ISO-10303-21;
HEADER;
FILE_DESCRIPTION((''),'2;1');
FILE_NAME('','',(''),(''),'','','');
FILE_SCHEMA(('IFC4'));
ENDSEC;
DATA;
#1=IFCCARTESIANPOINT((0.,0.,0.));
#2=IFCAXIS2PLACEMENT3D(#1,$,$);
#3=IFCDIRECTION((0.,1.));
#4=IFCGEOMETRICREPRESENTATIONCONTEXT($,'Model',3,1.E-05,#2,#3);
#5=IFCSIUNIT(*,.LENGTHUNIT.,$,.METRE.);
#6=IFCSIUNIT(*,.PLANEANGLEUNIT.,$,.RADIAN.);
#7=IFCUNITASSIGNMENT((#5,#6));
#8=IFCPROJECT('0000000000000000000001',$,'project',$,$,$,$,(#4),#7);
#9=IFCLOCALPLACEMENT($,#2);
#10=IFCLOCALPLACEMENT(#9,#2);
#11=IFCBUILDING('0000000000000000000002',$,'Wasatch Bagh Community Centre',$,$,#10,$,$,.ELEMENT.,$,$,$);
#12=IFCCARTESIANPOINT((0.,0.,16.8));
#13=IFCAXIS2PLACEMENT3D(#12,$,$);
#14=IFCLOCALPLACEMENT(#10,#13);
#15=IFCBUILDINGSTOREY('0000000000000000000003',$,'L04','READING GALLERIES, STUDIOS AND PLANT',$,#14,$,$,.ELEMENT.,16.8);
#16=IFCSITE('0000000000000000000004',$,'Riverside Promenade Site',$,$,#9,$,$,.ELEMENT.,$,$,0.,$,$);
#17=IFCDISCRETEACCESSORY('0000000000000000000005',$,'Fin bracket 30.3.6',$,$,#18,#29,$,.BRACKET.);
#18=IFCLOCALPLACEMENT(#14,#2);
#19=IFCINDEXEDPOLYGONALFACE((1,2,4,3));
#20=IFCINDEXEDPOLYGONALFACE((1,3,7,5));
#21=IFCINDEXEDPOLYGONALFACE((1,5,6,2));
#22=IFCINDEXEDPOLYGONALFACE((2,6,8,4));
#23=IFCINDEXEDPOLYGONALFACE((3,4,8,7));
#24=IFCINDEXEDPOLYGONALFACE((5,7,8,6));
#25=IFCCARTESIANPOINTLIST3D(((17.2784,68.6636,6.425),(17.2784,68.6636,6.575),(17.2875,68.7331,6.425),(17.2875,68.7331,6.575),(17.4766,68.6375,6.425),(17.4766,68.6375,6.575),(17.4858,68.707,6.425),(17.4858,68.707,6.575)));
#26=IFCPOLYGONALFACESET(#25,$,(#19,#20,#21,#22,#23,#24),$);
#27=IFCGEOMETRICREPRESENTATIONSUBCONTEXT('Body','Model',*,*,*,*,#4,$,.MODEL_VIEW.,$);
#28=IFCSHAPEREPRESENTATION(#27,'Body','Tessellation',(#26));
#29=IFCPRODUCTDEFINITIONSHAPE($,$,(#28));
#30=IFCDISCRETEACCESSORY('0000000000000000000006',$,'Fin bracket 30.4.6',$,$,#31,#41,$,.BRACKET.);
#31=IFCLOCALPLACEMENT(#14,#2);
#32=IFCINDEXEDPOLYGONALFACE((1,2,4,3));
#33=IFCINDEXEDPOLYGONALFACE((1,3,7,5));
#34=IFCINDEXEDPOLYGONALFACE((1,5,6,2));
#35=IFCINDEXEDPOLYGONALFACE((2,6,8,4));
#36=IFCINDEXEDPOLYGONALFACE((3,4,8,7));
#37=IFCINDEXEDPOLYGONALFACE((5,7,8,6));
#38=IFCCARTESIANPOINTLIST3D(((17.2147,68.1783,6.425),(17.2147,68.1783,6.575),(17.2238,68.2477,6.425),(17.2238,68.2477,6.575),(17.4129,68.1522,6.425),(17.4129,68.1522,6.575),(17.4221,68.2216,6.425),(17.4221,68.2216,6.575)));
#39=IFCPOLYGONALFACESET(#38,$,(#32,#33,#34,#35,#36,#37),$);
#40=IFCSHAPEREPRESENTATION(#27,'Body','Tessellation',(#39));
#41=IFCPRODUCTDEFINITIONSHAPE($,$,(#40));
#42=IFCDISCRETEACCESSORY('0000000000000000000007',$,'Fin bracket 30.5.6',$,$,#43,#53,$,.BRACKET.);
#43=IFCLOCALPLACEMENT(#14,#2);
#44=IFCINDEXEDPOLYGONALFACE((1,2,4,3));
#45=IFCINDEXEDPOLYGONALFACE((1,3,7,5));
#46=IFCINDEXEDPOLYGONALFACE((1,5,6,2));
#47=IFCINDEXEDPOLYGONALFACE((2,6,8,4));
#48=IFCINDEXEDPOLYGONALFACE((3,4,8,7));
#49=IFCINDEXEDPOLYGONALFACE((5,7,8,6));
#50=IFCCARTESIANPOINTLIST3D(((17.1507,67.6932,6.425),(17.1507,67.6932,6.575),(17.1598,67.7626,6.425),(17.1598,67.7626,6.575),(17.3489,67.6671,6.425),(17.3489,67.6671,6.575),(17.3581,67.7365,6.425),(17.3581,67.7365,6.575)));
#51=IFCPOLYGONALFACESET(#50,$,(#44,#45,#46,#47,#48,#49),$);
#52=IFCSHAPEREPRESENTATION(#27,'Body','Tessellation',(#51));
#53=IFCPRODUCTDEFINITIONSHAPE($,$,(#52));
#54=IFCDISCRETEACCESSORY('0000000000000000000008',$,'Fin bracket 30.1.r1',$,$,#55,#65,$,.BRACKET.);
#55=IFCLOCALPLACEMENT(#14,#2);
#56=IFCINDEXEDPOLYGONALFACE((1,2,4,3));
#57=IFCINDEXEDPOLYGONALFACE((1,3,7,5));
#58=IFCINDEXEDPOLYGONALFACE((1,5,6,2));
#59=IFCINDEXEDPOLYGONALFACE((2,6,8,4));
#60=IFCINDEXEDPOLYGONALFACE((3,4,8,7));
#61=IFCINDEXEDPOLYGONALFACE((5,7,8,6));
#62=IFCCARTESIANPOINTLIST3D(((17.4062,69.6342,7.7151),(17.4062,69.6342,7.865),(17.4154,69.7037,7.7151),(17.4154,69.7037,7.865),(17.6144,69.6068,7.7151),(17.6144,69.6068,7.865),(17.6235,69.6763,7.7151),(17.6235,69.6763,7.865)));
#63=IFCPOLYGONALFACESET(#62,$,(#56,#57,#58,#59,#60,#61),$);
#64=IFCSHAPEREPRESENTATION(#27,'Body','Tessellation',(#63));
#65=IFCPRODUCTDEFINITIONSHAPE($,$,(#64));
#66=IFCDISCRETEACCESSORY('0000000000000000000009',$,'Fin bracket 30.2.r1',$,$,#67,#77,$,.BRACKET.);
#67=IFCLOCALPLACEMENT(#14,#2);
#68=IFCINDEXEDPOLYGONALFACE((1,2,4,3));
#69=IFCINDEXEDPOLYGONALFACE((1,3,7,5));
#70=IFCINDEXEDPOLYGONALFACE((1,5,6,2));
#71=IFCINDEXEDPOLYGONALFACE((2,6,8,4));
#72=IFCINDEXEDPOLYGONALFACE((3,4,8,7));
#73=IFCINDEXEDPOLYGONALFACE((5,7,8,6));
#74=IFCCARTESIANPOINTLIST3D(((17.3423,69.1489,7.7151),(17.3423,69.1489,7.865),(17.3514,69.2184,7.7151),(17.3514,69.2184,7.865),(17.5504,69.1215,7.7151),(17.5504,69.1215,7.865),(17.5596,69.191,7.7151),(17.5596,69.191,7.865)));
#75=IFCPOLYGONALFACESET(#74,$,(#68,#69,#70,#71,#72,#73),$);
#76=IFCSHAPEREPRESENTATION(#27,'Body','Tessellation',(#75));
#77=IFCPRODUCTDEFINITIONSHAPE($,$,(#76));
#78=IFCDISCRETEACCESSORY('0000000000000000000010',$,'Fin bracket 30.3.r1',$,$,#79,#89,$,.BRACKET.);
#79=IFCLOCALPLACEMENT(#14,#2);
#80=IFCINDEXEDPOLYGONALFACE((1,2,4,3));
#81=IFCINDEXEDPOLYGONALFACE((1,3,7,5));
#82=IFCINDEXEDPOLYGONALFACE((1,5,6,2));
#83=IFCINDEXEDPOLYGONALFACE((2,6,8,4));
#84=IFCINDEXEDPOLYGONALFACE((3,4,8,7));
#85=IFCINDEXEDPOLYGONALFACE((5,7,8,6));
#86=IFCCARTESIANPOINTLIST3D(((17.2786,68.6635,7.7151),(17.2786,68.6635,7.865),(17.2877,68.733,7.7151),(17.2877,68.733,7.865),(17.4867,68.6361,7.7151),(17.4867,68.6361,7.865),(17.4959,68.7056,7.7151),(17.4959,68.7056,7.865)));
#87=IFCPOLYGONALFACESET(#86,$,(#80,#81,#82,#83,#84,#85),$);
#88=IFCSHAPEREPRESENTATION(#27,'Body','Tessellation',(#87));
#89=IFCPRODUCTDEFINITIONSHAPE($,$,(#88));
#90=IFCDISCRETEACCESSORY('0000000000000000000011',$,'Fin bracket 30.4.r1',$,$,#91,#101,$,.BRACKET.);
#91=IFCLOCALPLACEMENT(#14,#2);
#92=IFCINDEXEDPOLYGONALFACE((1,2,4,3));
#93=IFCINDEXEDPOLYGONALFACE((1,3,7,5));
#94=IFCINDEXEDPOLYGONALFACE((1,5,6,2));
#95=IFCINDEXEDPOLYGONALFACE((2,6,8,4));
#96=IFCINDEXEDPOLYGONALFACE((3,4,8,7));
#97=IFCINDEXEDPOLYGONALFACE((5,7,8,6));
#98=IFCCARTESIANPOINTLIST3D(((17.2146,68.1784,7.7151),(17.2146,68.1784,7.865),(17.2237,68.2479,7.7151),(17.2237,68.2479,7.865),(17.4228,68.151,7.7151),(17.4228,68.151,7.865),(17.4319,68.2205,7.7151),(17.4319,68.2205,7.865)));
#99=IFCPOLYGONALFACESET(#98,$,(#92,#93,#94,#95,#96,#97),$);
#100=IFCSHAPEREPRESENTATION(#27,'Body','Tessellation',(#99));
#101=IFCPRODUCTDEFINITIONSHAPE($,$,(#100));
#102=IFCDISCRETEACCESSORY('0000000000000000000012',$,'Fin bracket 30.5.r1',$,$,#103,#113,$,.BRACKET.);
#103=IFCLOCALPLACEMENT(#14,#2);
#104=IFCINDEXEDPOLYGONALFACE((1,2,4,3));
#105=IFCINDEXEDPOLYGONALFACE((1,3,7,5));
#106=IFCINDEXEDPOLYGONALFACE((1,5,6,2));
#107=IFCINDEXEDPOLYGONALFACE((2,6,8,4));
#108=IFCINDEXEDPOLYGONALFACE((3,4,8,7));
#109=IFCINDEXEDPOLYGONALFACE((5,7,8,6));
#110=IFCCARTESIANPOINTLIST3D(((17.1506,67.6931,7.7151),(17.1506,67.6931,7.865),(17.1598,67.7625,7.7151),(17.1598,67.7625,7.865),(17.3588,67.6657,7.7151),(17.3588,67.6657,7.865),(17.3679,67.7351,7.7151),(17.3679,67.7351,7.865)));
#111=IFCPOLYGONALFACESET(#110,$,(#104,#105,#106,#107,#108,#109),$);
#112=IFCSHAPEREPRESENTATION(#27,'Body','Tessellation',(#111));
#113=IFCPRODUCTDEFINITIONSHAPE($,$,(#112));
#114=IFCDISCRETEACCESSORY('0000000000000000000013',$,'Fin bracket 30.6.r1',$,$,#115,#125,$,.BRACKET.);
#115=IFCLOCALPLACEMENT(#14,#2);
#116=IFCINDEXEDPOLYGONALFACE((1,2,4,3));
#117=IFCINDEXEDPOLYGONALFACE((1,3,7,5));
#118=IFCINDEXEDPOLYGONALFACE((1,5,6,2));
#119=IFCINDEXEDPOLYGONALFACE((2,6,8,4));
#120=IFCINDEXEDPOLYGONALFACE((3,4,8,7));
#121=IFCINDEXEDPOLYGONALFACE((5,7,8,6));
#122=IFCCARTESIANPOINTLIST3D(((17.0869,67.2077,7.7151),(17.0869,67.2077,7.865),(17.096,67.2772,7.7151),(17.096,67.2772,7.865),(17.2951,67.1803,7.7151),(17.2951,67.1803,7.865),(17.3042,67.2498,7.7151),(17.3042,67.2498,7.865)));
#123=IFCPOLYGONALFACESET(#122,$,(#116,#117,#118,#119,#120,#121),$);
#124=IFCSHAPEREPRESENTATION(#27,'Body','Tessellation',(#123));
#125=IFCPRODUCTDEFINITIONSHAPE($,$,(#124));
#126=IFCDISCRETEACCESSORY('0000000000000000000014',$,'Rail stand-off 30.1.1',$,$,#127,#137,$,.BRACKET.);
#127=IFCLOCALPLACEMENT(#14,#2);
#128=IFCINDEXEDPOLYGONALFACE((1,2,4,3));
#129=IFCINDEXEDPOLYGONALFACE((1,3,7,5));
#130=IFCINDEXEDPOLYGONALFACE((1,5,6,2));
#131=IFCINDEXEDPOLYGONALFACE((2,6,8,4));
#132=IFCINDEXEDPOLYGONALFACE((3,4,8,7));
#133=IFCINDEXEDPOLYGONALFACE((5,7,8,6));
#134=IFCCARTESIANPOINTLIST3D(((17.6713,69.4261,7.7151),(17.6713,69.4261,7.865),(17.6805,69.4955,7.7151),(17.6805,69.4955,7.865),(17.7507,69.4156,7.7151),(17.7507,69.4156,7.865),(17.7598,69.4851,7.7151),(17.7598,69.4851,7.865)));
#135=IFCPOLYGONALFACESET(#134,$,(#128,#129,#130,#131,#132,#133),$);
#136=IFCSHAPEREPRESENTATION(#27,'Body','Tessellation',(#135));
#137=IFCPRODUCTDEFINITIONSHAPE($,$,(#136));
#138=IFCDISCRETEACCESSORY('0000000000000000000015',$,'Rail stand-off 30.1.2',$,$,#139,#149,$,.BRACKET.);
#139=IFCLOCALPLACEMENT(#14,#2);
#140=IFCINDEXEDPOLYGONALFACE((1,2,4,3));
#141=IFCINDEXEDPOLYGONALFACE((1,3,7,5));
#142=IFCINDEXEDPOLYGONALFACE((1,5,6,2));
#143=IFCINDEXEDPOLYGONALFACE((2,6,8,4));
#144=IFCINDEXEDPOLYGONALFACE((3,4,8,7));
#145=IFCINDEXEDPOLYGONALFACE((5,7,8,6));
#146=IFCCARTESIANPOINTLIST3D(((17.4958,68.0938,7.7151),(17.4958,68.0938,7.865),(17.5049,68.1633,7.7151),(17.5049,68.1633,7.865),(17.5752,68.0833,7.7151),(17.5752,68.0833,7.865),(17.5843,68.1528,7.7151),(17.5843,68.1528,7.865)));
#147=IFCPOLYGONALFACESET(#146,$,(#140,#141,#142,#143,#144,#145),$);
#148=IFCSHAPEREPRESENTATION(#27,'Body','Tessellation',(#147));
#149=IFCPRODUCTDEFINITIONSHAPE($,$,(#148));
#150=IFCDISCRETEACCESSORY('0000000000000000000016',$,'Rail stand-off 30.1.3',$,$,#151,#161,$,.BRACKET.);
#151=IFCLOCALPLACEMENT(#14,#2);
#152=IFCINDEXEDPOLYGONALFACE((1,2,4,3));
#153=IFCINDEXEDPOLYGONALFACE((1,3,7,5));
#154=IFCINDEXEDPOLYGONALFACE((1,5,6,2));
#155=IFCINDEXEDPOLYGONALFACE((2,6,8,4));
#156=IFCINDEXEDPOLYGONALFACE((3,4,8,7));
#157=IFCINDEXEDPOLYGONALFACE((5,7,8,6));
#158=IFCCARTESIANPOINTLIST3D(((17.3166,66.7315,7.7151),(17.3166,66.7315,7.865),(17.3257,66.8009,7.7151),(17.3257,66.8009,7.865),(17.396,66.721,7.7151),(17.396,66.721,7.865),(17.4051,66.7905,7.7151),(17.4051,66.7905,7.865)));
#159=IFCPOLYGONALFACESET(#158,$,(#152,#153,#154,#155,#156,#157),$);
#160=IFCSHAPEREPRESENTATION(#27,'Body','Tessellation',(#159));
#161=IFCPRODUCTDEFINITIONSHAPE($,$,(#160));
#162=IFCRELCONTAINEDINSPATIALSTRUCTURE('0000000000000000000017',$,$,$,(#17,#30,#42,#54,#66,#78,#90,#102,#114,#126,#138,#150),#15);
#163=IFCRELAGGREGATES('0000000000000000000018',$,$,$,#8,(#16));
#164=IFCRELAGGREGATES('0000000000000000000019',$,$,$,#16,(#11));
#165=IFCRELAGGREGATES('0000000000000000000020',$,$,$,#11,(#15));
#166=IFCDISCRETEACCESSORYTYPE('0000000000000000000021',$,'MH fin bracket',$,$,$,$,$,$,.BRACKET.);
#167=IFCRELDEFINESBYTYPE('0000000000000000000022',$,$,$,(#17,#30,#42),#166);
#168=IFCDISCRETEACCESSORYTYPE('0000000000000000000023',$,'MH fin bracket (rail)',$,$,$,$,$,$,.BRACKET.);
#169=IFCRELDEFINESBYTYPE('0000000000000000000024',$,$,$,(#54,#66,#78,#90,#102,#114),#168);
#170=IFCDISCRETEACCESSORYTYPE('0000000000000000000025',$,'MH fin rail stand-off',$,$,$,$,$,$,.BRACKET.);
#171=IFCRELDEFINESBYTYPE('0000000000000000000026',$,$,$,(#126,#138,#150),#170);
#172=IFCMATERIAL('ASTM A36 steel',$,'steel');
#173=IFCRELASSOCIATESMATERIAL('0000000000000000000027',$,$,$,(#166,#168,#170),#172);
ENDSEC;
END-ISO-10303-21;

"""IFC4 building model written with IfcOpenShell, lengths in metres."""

from ifc_helpers import new_model, si_unit, direction, frame, origin, origin_2d, place, context, subcontext, project, spatial, rectangle, extrude, material, type_object, element, save


model = new_model("IFC4")

# Units and contexts
model_context = context("Model", 3, precision=1e-05, world=origin(), true_north=direction((0.0, 1.0)))
body_context = subcontext(model_context, "Body", "Model", "MODEL_VIEW")
ifc_project = project(units=[si_unit("LENGTHUNIT", "METRE"), si_unit("PLANEANGLEUNIT", "RADIAN")], contexts=[model_context])

# Site, building, storey
site_placement = place(None, origin())
site = spatial("IfcSite", under=ifc_project, at=site_placement, Name="Riverside Promenade Site", CompositionType="ELEMENT", RefElevation=0.0)
building_placement = place(site_placement, origin())
building = spatial("IfcBuilding", under=site, at=building_placement, Name="Wasatch Bagh Community Centre", CompositionType="ELEMENT")
storey_placement = place(building_placement, frame((0.0, 0.0, 16.8)))
storey = spatial("IfcBuildingStorey", under=building, at=storey_placement, Name="L04", Description="READING GALLERIES, STUDIOS AND PLANT", CompositionType="ELEMENT", Elevation=16.8)

# Shared definitions
ifc_material_1 = material(Name="ASTM A36 steel", Category="steel")

# Discrete accessories
discrete_accessory_type_1 = type_object("IfcDiscreteAccessoryType", Name="MH fin bracket", PredefinedType="BRACKET", material=ifc_material_1)
for number, where, z_axis, x_axis, name in (
    (1, (17.3821, 68.6853, 6.425), (0.0, 0.0, 1.0), (-0.130526, -0.991445, 0.0), "Fin bracket 30.3.6"),
    (2, (17.3184, 68.2, 6.425), (0.0, 0.0, 1.0), (-0.130526, -0.991445, 0.0), "Fin bracket 30.4.6"),
    (3, (17.2544, 67.7148, 6.425), (0.0, 0.0, 1.0), (-0.130526, -0.991445, 0.0), "Fin bracket 30.5.6"),
):
    element("IfcDiscreteAccessory", number, at=place(storey_placement, frame(where, z_axis=z_axis, x_axis=x_axis)), inside=storey, type_object=discrete_accessory_type_1, Name=name, PredefinedType="BRACKET", context=body_context, shape_type="SweptSolid", body=[
        extrude(rectangle(XDim=0.0701, YDim=0.2, at=origin_2d()), origin(), (0.0, 0.0, 1.0), 0.1499),
    ])
discrete_accessory_type_2 = type_object("IfcDiscreteAccessoryType", Name="MH fin bracket (rail)", PredefinedType="BRACKET", material=ifc_material_1)
for number, where, z_axis, x_axis, name in (
    (4, (17.5149, 69.6553, 7.7151), (0.0, 0.0, 1.0), (-0.130526, -0.991445, 0.0), "Fin bracket 30.1.r1"),
    (5, (17.4509, 69.1699, 7.7151), (0.0, 0.0, 1.0), (-0.130526, -0.991445, 0.0), "Fin bracket 30.2.r1"),
    (6, (17.3872, 68.6846, 7.7151), (0.0, 0.0, 1.0), (-0.130526, -0.991445, 0.0), "Fin bracket 30.3.r1"),
    (7, (17.3232, 68.1995, 7.7151), (0.0, 0.0, 1.0), (-0.130526, -0.991445, 0.0), "Fin bracket 30.4.r1"),
    (8, (17.2593, 67.7141, 7.7151), (0.0, 0.0, 1.0), (-0.130526, -0.991445, 0.0), "Fin bracket 30.5.r1"),
    (9, (17.1956, 67.2288, 7.7151), (0.0, 0.0, 1.0), (-0.130526, -0.991445, 0.0), "Fin bracket 30.6.r1"),
):
    element("IfcDiscreteAccessory", number, at=place(storey_placement, frame(where, z_axis=z_axis, x_axis=x_axis)), inside=storey, type_object=discrete_accessory_type_2, Name=name, PredefinedType="BRACKET", context=body_context, shape_type="SweptSolid", body=[
        extrude(rectangle(XDim=0.0701, YDim=0.21, at=origin_2d()), origin(), (0.0, 0.0, 1.0), 0.1499),
    ])
discrete_accessory_type_3 = type_object("IfcDiscreteAccessoryType", Name="MH fin rail stand-off", PredefinedType="BRACKET", material=ifc_material_1)
for number, where, z_axis, x_axis, name in (
    (10, (17.7156, 69.4556, 7.7151), (0.0, 0.0, 1.0), (-0.130526, -0.991445, 0.0), "Rail stand-off 30.1.1"),
    (11, (17.54, 68.1233, 7.7151), (0.0, 0.0, 1.0), (-0.130526, -0.991445, 0.0), "Rail stand-off 30.1.2"),
    (12, (17.3608, 66.761, 7.7151), (0.0, 0.0, 1.0), (-0.130526, -0.991445, 0.0), "Rail stand-off 30.1.3"),
):
    element("IfcDiscreteAccessory", number, at=place(storey_placement, frame(where, z_axis=z_axis, x_axis=x_axis)), inside=storey, type_object=discrete_accessory_type_3, Name=name, PredefinedType="BRACKET", context=body_context, shape_type="SweptSolid", body=[
        extrude(rectangle(XDim=0.0701, YDim=0.0801, at=origin_2d()), origin(), (0.0, 0.0, 1.0), 0.1499),
    ])

save(model, "model.ifc")
